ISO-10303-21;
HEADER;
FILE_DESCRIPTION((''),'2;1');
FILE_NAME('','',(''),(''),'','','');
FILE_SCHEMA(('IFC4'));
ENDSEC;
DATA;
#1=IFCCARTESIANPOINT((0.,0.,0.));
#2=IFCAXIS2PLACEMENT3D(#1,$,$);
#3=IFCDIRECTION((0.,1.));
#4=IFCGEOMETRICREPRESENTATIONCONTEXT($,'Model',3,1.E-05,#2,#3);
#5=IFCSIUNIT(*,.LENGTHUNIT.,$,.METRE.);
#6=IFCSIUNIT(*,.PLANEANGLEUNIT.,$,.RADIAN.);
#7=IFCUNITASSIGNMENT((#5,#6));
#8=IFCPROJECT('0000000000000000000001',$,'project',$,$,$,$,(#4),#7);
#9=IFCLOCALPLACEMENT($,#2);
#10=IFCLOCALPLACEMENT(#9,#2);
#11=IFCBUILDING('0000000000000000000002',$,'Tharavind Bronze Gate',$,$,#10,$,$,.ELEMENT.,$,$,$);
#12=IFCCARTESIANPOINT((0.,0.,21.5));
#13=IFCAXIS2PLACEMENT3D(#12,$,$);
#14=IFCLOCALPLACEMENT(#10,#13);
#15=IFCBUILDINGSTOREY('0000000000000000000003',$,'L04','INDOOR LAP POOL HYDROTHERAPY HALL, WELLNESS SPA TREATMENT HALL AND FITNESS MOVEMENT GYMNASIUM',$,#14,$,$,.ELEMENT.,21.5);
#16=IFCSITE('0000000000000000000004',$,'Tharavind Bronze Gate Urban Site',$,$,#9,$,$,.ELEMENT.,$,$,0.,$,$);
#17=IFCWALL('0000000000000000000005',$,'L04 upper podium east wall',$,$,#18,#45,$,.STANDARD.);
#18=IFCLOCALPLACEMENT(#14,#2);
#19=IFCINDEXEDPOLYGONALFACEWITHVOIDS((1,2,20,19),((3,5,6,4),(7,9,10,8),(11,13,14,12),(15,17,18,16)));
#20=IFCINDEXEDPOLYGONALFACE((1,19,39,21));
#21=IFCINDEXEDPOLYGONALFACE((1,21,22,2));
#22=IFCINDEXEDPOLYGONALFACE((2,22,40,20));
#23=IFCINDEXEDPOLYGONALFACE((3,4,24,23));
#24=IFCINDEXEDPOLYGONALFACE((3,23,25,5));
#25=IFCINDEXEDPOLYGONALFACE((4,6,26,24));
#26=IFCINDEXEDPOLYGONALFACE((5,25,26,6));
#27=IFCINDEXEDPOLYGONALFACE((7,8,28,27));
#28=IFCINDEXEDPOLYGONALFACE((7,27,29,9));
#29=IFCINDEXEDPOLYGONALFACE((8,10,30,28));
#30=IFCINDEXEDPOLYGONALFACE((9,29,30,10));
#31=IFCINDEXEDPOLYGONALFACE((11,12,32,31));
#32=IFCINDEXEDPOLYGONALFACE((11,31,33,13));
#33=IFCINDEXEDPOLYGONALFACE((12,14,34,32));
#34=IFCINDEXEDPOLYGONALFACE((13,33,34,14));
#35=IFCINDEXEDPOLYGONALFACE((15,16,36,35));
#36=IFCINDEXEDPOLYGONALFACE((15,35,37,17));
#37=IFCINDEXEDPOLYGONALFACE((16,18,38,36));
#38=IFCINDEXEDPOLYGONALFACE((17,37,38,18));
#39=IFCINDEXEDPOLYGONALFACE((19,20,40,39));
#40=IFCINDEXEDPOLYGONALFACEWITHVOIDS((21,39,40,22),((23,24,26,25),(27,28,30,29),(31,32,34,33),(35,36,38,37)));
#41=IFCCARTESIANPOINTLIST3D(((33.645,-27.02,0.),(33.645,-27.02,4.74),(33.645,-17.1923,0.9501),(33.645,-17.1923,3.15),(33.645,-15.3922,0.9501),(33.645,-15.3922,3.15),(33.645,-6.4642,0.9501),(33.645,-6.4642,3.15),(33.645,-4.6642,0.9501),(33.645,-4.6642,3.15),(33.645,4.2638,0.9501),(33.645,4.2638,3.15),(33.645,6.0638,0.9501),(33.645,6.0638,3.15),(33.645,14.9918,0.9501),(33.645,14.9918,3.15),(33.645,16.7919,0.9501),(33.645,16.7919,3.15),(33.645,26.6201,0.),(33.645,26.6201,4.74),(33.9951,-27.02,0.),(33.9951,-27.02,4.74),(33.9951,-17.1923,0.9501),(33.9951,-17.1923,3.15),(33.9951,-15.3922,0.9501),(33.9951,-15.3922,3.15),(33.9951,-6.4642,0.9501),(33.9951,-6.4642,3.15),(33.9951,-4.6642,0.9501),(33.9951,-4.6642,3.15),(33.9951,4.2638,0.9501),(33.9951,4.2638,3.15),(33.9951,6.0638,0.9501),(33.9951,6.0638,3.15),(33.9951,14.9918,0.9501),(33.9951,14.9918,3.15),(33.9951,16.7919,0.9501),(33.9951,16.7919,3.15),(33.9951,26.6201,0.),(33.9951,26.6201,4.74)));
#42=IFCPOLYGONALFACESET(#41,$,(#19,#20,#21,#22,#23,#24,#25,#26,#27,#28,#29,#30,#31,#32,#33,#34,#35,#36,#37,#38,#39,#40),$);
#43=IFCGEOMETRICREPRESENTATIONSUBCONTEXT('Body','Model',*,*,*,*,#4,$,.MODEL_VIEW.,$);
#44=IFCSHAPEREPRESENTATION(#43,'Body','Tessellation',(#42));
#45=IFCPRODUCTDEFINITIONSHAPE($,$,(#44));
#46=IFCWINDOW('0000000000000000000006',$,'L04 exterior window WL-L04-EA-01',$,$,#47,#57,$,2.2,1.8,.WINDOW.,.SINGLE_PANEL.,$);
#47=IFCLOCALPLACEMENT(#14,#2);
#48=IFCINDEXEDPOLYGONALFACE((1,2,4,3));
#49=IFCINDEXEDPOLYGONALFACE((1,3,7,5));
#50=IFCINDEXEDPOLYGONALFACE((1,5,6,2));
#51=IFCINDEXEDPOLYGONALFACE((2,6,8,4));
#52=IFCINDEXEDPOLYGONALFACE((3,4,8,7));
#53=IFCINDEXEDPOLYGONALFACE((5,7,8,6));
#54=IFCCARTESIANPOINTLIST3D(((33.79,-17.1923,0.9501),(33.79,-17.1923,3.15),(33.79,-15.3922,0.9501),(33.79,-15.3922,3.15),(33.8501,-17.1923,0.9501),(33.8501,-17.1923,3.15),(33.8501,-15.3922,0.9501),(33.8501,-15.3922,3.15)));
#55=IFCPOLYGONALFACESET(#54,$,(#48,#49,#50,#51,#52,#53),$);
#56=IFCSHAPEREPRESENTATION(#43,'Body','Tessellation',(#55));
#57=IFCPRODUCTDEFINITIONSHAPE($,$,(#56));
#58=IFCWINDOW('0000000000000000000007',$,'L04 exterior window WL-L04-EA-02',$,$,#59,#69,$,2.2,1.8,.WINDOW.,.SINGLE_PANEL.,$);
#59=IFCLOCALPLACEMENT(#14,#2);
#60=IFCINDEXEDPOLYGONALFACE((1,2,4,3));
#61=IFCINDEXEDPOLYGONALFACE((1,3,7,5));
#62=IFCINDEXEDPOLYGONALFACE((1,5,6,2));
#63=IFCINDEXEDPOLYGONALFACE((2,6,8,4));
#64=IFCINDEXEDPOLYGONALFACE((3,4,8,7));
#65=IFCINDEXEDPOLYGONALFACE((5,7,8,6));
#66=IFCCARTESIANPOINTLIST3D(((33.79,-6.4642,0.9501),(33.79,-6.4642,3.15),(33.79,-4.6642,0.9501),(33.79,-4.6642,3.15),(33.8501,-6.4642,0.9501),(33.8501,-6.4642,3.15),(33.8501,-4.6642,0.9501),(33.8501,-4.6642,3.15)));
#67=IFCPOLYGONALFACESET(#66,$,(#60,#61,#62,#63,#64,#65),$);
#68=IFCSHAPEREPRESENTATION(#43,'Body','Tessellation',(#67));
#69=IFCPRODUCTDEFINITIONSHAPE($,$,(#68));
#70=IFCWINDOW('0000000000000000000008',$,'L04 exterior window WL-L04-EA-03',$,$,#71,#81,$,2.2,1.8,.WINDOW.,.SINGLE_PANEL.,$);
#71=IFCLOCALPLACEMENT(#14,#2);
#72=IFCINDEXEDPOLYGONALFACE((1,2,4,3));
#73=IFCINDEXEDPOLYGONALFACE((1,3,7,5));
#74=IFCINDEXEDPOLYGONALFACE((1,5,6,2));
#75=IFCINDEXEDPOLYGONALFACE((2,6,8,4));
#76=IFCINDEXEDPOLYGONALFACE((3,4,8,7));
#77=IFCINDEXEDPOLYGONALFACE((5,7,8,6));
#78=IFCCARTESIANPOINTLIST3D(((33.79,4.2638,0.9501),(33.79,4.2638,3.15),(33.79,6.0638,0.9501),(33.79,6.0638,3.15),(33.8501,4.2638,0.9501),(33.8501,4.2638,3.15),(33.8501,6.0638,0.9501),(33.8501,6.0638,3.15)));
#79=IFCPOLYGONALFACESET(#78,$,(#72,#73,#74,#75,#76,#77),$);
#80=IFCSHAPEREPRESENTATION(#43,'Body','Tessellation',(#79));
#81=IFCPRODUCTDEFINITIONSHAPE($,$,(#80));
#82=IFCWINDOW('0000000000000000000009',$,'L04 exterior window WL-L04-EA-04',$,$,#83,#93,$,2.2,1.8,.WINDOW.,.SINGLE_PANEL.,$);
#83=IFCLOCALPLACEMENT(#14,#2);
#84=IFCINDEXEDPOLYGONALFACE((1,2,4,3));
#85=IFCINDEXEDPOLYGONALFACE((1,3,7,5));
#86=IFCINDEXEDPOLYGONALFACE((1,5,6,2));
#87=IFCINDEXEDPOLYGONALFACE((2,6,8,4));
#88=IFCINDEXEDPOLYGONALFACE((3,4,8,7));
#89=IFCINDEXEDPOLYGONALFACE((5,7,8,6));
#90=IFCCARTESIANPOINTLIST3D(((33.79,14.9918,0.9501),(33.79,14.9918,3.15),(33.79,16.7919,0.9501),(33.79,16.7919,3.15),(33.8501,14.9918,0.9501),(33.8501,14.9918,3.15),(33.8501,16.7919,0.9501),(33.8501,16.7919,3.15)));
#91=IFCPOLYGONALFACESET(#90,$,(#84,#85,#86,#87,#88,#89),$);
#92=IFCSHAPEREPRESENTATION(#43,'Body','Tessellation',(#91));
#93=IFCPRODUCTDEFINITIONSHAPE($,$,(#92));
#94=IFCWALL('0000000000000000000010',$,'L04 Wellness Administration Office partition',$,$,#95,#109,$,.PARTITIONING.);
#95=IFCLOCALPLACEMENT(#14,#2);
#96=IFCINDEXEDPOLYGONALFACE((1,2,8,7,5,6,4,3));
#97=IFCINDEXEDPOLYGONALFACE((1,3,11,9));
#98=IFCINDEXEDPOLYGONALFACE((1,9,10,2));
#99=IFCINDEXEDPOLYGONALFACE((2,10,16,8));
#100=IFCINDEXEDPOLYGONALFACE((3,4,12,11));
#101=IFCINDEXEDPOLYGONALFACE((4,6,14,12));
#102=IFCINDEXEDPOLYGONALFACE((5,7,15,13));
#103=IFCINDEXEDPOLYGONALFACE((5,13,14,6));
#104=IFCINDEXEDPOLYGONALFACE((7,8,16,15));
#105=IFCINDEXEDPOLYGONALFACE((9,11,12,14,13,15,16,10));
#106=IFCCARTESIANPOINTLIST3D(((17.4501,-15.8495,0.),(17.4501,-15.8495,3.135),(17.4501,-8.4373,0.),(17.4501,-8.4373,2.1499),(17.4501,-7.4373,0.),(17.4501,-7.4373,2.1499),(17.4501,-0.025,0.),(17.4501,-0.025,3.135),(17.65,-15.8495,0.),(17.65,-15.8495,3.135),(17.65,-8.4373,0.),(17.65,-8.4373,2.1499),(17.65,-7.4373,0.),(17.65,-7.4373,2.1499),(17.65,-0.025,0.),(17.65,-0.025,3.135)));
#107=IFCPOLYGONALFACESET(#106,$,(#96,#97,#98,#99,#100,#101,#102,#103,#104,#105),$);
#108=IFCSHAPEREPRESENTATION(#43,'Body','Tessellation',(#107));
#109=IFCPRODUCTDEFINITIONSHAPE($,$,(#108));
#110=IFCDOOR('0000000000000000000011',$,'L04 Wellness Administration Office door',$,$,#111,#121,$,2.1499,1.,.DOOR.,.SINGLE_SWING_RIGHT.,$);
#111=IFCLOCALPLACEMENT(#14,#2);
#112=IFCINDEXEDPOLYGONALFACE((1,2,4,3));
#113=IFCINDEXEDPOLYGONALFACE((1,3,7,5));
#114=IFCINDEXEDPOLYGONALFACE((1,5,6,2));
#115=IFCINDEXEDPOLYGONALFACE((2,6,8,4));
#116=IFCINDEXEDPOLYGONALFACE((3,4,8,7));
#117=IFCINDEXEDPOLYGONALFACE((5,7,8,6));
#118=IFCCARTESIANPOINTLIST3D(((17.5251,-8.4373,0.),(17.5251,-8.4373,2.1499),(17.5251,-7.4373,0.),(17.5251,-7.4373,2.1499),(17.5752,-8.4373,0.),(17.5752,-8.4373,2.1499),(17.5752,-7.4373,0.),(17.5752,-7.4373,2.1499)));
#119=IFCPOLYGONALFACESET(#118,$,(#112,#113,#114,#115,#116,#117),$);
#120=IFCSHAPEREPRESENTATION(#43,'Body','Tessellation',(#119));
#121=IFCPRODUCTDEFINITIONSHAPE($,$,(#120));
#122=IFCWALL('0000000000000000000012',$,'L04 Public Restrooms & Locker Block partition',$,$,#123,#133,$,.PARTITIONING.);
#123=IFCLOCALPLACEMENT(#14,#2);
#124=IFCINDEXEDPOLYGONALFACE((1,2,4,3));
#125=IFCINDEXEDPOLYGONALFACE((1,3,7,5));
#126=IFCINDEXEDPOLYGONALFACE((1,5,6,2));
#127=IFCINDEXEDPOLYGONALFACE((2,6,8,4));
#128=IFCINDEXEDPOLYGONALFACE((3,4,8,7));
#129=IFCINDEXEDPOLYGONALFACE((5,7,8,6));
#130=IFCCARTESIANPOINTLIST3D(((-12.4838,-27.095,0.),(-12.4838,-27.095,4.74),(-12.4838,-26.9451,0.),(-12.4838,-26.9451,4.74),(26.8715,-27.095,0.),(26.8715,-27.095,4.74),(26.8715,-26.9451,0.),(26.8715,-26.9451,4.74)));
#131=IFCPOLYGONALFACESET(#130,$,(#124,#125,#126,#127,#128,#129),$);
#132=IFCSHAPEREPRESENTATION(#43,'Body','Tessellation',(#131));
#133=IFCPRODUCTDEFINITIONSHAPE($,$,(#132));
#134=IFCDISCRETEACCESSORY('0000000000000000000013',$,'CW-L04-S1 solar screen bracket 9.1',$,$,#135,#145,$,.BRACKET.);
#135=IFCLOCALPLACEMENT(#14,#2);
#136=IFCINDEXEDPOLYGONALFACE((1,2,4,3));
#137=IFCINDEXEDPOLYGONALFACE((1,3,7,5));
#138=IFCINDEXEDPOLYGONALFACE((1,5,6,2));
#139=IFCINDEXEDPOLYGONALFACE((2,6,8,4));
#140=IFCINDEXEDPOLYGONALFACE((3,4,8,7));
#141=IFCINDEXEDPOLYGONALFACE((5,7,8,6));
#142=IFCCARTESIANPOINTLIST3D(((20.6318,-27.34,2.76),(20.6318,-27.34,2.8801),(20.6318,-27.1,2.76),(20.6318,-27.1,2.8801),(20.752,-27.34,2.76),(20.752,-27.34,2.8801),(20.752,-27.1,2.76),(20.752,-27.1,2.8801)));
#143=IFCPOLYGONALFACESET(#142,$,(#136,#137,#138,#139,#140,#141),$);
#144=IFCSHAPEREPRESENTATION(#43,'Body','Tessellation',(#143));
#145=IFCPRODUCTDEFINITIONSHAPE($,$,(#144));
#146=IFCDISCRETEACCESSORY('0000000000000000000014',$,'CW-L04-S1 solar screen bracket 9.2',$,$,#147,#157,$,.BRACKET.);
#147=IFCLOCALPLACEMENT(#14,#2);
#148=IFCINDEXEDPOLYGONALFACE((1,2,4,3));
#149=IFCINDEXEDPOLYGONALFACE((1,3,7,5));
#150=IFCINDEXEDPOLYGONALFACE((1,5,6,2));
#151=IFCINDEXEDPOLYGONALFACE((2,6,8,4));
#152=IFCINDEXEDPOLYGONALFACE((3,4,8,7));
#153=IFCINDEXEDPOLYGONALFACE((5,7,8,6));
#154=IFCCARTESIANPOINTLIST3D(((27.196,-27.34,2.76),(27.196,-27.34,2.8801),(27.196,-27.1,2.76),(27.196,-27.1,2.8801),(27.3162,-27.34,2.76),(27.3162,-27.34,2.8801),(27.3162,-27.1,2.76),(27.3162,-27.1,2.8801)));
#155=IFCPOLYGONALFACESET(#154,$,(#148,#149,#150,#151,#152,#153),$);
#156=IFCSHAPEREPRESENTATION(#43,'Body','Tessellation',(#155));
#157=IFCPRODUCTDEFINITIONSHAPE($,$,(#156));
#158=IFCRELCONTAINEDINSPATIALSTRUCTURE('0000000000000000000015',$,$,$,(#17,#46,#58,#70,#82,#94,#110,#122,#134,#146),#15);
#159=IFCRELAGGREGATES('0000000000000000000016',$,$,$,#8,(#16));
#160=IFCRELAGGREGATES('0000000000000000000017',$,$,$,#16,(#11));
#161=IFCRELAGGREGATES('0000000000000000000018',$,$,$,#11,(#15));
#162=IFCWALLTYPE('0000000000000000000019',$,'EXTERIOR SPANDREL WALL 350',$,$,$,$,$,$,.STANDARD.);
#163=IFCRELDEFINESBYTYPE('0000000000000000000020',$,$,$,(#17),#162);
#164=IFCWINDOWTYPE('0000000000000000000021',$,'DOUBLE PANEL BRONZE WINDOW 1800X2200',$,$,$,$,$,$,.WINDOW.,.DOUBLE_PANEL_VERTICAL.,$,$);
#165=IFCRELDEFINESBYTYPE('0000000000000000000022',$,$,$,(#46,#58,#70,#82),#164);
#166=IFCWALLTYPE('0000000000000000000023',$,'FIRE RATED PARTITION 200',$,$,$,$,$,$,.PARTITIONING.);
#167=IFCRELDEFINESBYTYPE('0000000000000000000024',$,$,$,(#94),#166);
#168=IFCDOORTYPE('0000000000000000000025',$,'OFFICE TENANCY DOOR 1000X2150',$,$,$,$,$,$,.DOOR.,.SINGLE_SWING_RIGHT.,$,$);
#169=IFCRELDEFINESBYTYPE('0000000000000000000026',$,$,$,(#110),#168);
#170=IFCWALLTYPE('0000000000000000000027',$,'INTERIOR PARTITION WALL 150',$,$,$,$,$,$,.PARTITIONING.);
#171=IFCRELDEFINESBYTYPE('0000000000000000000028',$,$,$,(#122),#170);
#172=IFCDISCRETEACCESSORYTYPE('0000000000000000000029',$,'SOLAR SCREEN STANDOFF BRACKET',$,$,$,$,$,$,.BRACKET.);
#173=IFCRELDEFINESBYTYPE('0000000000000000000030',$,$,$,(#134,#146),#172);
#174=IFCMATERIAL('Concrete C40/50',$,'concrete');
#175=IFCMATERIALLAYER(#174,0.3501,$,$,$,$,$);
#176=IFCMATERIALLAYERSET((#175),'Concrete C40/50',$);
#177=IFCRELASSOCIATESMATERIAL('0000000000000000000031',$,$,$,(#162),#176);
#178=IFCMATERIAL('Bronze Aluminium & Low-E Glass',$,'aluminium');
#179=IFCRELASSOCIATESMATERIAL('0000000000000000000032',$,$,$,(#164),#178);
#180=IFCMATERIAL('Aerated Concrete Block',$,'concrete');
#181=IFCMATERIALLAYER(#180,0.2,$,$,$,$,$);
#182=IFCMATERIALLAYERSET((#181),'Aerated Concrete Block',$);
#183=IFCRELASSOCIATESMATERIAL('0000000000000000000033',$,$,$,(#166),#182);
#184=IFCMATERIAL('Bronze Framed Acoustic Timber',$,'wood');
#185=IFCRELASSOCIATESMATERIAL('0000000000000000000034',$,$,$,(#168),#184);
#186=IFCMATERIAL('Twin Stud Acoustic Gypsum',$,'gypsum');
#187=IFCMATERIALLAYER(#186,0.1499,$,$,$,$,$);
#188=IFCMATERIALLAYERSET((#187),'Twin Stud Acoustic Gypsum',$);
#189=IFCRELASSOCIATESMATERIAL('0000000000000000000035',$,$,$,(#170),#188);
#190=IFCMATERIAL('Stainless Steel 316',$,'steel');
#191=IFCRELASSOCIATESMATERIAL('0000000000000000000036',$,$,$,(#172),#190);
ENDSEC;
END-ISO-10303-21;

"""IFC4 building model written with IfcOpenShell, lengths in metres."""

from ifc_helpers import new_model, si_unit, direction, frame, frame_2d, origin, origin_2d, place, context, subcontext, project, spatial, rectangle, extrude, material, layer, layer_set, type_object, element, fill, save


model = new_model("IFC4")

# Units and contexts
model_context = context("Model", 3, precision=1e-05, world=origin(), true_north=direction((0.0, 1.0)))
body_context = subcontext(model_context, "Body", "Model", "MODEL_VIEW")
ifc_project = project(units=[si_unit("LENGTHUNIT", "METRE"), si_unit("PLANEANGLEUNIT", "RADIAN")], contexts=[model_context])

# Site, building, storey
site_placement = place(None, origin())
site = spatial("IfcSite", under=ifc_project, at=site_placement, Name="Tharavind Bronze Gate Urban Site", CompositionType="ELEMENT", RefElevation=0.0)
building_placement = place(site_placement, origin())
building = spatial("IfcBuilding", under=site, at=building_placement, Name="Tharavind Bronze Gate", CompositionType="ELEMENT")
storey_placement = place(building_placement, frame((0.0, 0.0, 21.5)))
storey = spatial("IfcBuildingStorey", under=building, at=storey_placement, Name="L04", Description="INDOOR LAP POOL HYDROTHERAPY HALL, WELLNESS SPA TREATMENT HALL AND FITNESS MOVEMENT GYMNASIUM", CompositionType="ELEMENT", Elevation=21.5)

# Wall, openings, windows
ifc_material_1 = material(Name="Concrete C40/50", Category="concrete")
ifc_layer_1 = layer(ifc_material_1, 0.3501)
ifc_layer_set_1 = layer_set([ifc_layer_1], Name="Concrete C40/50")
wall_type_1 = type_object("IfcWallType", Name="EXTERIOR SPANDREL WALL 350", PredefinedType="STANDARD", material=ifc_layer_set_1)
wall_1_placement = place(storey_placement, frame((33.8201, -27.02, 0.0), z_axis=(0.0, 0.0, 1.0), x_axis=(0.0, 1.0, 0.0)))
wall_1 = element("IfcWall", 1, at=wall_1_placement, inside=storey, type_object=wall_type_1, Name="L04 upper podium east wall", PredefinedType="STANDARD", context=body_context, shape_type="SweptSolid", body=[
    extrude(rectangle(XDim=53.6401, YDim=0.3501, at=frame_2d((26.8201, 0.0))), origin(), (0.0, 0.0, 1.0), 4.74),
])
opening_1_placement = place(wall_1_placement, frame((9.8279, 0.0, 0.95)))
opening_1 = element("IfcOpeningElement", 2, at=opening_1_placement, cuts=wall_1, PredefinedType="OPENING", context=body_context, shape_type="SweptSolid", body=[
    extrude(rectangle(XDim=1.8, YDim=2.2, at=frame_2d((0.8999, 1.1001))), frame((0.0, 0.185, 0.0), z_axis=(0.0, -1.0, 0.0), x_axis=(1.0, 0.0, 0.0)), (0.0, 0.0, 1.0), 0.3701),
])
opening_2_placement = place(wall_1_placement, frame((20.5559, 0.0, 0.95)))
opening_2 = element("IfcOpeningElement", 3, at=opening_2_placement, cuts=wall_1, PredefinedType="OPENING", context=body_context, shape_type="SweptSolid", body=[
    extrude(rectangle(XDim=1.8, YDim=2.2, at=frame_2d((0.8999, 1.1001))), frame((0.0, 0.185, 0.0), z_axis=(0.0, -1.0, 0.0), x_axis=(1.0, 0.0, 0.0)), (0.0, 0.0, 1.0), 0.3701),
])
opening_3_placement = place(wall_1_placement, frame((31.2839, 0.0, 0.95)))
opening_3 = element("IfcOpeningElement", 4, at=opening_3_placement, cuts=wall_1, PredefinedType="OPENING", context=body_context, shape_type="SweptSolid", body=[
    extrude(rectangle(XDim=1.8, YDim=2.2, at=frame_2d((0.8999, 1.1001))), frame((0.0, 0.185, 0.0), z_axis=(0.0, -1.0, 0.0), x_axis=(1.0, 0.0, 0.0)), (0.0, 0.0, 1.0), 0.3701),
])
opening_4_placement = place(wall_1_placement, frame((42.012, 0.0, 0.95)))
opening_4 = element("IfcOpeningElement", 5, at=opening_4_placement, cuts=wall_1, PredefinedType="OPENING", context=body_context, shape_type="SweptSolid", body=[
    extrude(rectangle(XDim=1.8, YDim=2.2, at=frame_2d((0.8999, 1.1001))), frame((0.0, 0.185, 0.0), z_axis=(0.0, -1.0, 0.0), x_axis=(1.0, 0.0, 0.0)), (0.0, 0.0, 1.0), 0.3701),
])
ifc_material_2 = material(Name="Bronze Aluminium & Low-E Glass", Category="aluminium")
window_type = type_object("IfcWindowType", Name="DOUBLE PANEL BRONZE WINDOW 1800X2200", PartitioningType="DOUBLE_PANEL_VERTICAL", PredefinedType="WINDOW", material=ifc_material_2)
window_1_placement = place(opening_1_placement, origin())
window_1 = element("IfcWindow", 6, at=window_1_placement, inside=storey, type_object=window_type, Name="L04 exterior window WL-L04-EA-01", OverallHeight=2.2, OverallWidth=1.8, PartitioningType="SINGLE_PANEL", PredefinedType="WINDOW", context=body_context, shape_type="SweptSolid", body=[
    extrude(rectangle(XDim=1.8, YDim=2.2, at=frame_2d((0.8999, 1.1001))), frame((0.0, 0.03, 0.0), z_axis=(0.0, -1.0, 0.0), x_axis=(1.0, 0.0, 0.0)), (0.0, 0.0, 1.0), 0.0601),
])
fill(opening_1, window_1)
window_2_placement = place(opening_2_placement, origin())
window_2 = element("IfcWindow", 7, at=window_2_placement, inside=storey, type_object=window_type, Name="L04 exterior window WL-L04-EA-02", OverallHeight=2.2, OverallWidth=1.8, PartitioningType="SINGLE_PANEL", PredefinedType="WINDOW", context=body_context, shape_type="SweptSolid", body=[
    extrude(rectangle(XDim=1.8, YDim=2.2, at=frame_2d((0.8999, 1.1001))), frame((0.0, 0.03, 0.0), z_axis=(0.0, -1.0, 0.0), x_axis=(1.0, 0.0, 0.0)), (0.0, 0.0, 1.0), 0.0601),
])
fill(opening_2, window_2)
window_3_placement = place(opening_3_placement, origin())
window_3 = element("IfcWindow", 8, at=window_3_placement, inside=storey, type_object=window_type, Name="L04 exterior window WL-L04-EA-03", OverallHeight=2.2, OverallWidth=1.8, PartitioningType="SINGLE_PANEL", PredefinedType="WINDOW", context=body_context, shape_type="SweptSolid", body=[
    extrude(rectangle(XDim=1.8, YDim=2.2, at=frame_2d((0.8999, 1.1001))), frame((0.0, 0.03, 0.0), z_axis=(0.0, -1.0, 0.0), x_axis=(1.0, 0.0, 0.0)), (0.0, 0.0, 1.0), 0.0601),
])
fill(opening_3, window_3)
window_4_placement = place(opening_4_placement, origin())
window_4 = element("IfcWindow", 9, at=window_4_placement, inside=storey, type_object=window_type, Name="L04 exterior window WL-L04-EA-04", OverallHeight=2.2, OverallWidth=1.8, PartitioningType="SINGLE_PANEL", PredefinedType="WINDOW", context=body_context, shape_type="SweptSolid", body=[
    extrude(rectangle(XDim=1.8, YDim=2.2, at=frame_2d((0.8999, 1.1001))), frame((0.0, 0.03, 0.0), z_axis=(0.0, -1.0, 0.0), x_axis=(1.0, 0.0, 0.0)), (0.0, 0.0, 1.0), 0.0601),
])
fill(opening_4, window_4)

# Wall, opening, door
ifc_material_3 = material(Name="Aerated Concrete Block", Category="concrete")
ifc_layer_2 = layer(ifc_material_3, 0.2)
ifc_layer_set_2 = layer_set([ifc_layer_2], Name="Aerated Concrete Block")
wall_type_2 = type_object("IfcWallType", Name="FIRE RATED PARTITION 200", PredefinedType="PARTITIONING", material=ifc_layer_set_2)
wall_2_placement = place(storey_placement, frame((17.55, -15.8494, 0.0), z_axis=(0.0, 0.0, 1.0), x_axis=(0.0, 1.0, 0.0)))
wall_2 = element("IfcWall", 10, at=wall_2_placement, inside=storey, type_object=wall_type_2, Name="L04 Wellness Administration Office partition", PredefinedType="PARTITIONING", context=body_context, shape_type="SweptSolid", body=[
    extrude(rectangle(XDim=15.8245, YDim=0.2, at=frame_2d((7.9121, 0.0))), origin(), (0.0, 0.0, 1.0), 3.135),
])
opening_5_placement = place(wall_2_placement, frame((7.4121, 0.0, 0.0)))
opening_5 = element("IfcOpeningElement", 11, at=opening_5_placement, cuts=wall_2, PredefinedType="OPENING", context=body_context, shape_type="SweptSolid", body=[
    extrude(rectangle(XDim=1.0, YDim=2.1499, at=frame_2d((0.5, 1.075))), frame((0.0, 0.1101, 0.0), z_axis=(0.0, -1.0, 0.0), x_axis=(1.0, 0.0, 0.0)), (0.0, 0.0, 1.0), 0.22),
])
ifc_material_4 = material(Name="Bronze Framed Acoustic Timber", Category="wood")
door_type = type_object("IfcDoorType", Name="OFFICE TENANCY DOOR 1000X2150", OperationType="SINGLE_SWING_RIGHT", PredefinedType="DOOR", material=ifc_material_4)
door_placement = place(opening_5_placement, origin())
door = element("IfcDoor", 12, at=door_placement, inside=storey, type_object=door_type, Name="L04 Wellness Administration Office door", OperationType="SINGLE_SWING_RIGHT", OverallHeight=2.1499, OverallWidth=1.0, PredefinedType="DOOR", context=body_context, shape_type="SweptSolid", body=[
    extrude(rectangle(XDim=1.0, YDim=2.1499, at=frame_2d((0.5, 1.075))), frame((0.0, 0.0249, 0.0), z_axis=(0.0, -1.0, 0.0), x_axis=(1.0, 0.0, 0.0)), (0.0, 0.0, 1.0), 0.05),
])
fill(opening_5, door)

# Wall
ifc_material_5 = material(Name="Twin Stud Acoustic Gypsum", Category="gypsum")
ifc_layer_3 = layer(ifc_material_5, 0.1499)
ifc_layer_set_3 = layer_set([ifc_layer_3], Name="Twin Stud Acoustic Gypsum")
wall_type_3 = type_object("IfcWallType", Name="INTERIOR PARTITION WALL 150", PredefinedType="PARTITIONING", material=ifc_layer_set_3)
wall_3_placement = place(storey_placement, frame((26.8716, -27.02, 0.0), z_axis=(0.0, 0.0, 1.0), x_axis=(-1.0, 0.0, 0.0)))
element("IfcWall", 13, at=wall_3_placement, inside=storey, type_object=wall_type_3, Name="L04 Public Restrooms & Locker Block partition", PredefinedType="PARTITIONING", context=body_context, shape_type="SweptSolid", body=[
    extrude(rectangle(XDim=39.3552, YDim=0.1499, at=frame_2d((19.6777, 0.0))), origin(), (0.0, 0.0, 1.0), 4.74),
])

# Discrete accessories
ifc_material_6 = material(Name="Stainless Steel 316", Category="steel")
discrete_accessory_type = type_object("IfcDiscreteAccessoryType", Name="SOLAR SCREEN STANDOFF BRACKET", PredefinedType="BRACKET", material=ifc_material_6)
for number, where, z_axis, x_axis, name in (
    (14, (20.6919, -27.22, 2.76), (0.0, 0.0, 1.0), (1.0, 0.0, 0.0), "CW-L04-S1 solar screen bracket 9.1"),
    (15, (27.2561, -27.22, 2.76), (0.0, 0.0, 1.0), (1.0, 0.0, 0.0), "CW-L04-S1 solar screen bracket 9.2"),
):
    element("IfcDiscreteAccessory", number, at=place(storey_placement, frame(where, z_axis=z_axis, x_axis=x_axis)), inside=storey, type_object=discrete_accessory_type, Name=name, PredefinedType="BRACKET", context=body_context, shape_type="SweptSolid", body=[
        extrude(rectangle(XDim=0.1201, YDim=0.24, at=origin_2d()), origin(), (0.0, 0.0, 1.0), 0.1201),
    ])

save(model, "model.ifc")
